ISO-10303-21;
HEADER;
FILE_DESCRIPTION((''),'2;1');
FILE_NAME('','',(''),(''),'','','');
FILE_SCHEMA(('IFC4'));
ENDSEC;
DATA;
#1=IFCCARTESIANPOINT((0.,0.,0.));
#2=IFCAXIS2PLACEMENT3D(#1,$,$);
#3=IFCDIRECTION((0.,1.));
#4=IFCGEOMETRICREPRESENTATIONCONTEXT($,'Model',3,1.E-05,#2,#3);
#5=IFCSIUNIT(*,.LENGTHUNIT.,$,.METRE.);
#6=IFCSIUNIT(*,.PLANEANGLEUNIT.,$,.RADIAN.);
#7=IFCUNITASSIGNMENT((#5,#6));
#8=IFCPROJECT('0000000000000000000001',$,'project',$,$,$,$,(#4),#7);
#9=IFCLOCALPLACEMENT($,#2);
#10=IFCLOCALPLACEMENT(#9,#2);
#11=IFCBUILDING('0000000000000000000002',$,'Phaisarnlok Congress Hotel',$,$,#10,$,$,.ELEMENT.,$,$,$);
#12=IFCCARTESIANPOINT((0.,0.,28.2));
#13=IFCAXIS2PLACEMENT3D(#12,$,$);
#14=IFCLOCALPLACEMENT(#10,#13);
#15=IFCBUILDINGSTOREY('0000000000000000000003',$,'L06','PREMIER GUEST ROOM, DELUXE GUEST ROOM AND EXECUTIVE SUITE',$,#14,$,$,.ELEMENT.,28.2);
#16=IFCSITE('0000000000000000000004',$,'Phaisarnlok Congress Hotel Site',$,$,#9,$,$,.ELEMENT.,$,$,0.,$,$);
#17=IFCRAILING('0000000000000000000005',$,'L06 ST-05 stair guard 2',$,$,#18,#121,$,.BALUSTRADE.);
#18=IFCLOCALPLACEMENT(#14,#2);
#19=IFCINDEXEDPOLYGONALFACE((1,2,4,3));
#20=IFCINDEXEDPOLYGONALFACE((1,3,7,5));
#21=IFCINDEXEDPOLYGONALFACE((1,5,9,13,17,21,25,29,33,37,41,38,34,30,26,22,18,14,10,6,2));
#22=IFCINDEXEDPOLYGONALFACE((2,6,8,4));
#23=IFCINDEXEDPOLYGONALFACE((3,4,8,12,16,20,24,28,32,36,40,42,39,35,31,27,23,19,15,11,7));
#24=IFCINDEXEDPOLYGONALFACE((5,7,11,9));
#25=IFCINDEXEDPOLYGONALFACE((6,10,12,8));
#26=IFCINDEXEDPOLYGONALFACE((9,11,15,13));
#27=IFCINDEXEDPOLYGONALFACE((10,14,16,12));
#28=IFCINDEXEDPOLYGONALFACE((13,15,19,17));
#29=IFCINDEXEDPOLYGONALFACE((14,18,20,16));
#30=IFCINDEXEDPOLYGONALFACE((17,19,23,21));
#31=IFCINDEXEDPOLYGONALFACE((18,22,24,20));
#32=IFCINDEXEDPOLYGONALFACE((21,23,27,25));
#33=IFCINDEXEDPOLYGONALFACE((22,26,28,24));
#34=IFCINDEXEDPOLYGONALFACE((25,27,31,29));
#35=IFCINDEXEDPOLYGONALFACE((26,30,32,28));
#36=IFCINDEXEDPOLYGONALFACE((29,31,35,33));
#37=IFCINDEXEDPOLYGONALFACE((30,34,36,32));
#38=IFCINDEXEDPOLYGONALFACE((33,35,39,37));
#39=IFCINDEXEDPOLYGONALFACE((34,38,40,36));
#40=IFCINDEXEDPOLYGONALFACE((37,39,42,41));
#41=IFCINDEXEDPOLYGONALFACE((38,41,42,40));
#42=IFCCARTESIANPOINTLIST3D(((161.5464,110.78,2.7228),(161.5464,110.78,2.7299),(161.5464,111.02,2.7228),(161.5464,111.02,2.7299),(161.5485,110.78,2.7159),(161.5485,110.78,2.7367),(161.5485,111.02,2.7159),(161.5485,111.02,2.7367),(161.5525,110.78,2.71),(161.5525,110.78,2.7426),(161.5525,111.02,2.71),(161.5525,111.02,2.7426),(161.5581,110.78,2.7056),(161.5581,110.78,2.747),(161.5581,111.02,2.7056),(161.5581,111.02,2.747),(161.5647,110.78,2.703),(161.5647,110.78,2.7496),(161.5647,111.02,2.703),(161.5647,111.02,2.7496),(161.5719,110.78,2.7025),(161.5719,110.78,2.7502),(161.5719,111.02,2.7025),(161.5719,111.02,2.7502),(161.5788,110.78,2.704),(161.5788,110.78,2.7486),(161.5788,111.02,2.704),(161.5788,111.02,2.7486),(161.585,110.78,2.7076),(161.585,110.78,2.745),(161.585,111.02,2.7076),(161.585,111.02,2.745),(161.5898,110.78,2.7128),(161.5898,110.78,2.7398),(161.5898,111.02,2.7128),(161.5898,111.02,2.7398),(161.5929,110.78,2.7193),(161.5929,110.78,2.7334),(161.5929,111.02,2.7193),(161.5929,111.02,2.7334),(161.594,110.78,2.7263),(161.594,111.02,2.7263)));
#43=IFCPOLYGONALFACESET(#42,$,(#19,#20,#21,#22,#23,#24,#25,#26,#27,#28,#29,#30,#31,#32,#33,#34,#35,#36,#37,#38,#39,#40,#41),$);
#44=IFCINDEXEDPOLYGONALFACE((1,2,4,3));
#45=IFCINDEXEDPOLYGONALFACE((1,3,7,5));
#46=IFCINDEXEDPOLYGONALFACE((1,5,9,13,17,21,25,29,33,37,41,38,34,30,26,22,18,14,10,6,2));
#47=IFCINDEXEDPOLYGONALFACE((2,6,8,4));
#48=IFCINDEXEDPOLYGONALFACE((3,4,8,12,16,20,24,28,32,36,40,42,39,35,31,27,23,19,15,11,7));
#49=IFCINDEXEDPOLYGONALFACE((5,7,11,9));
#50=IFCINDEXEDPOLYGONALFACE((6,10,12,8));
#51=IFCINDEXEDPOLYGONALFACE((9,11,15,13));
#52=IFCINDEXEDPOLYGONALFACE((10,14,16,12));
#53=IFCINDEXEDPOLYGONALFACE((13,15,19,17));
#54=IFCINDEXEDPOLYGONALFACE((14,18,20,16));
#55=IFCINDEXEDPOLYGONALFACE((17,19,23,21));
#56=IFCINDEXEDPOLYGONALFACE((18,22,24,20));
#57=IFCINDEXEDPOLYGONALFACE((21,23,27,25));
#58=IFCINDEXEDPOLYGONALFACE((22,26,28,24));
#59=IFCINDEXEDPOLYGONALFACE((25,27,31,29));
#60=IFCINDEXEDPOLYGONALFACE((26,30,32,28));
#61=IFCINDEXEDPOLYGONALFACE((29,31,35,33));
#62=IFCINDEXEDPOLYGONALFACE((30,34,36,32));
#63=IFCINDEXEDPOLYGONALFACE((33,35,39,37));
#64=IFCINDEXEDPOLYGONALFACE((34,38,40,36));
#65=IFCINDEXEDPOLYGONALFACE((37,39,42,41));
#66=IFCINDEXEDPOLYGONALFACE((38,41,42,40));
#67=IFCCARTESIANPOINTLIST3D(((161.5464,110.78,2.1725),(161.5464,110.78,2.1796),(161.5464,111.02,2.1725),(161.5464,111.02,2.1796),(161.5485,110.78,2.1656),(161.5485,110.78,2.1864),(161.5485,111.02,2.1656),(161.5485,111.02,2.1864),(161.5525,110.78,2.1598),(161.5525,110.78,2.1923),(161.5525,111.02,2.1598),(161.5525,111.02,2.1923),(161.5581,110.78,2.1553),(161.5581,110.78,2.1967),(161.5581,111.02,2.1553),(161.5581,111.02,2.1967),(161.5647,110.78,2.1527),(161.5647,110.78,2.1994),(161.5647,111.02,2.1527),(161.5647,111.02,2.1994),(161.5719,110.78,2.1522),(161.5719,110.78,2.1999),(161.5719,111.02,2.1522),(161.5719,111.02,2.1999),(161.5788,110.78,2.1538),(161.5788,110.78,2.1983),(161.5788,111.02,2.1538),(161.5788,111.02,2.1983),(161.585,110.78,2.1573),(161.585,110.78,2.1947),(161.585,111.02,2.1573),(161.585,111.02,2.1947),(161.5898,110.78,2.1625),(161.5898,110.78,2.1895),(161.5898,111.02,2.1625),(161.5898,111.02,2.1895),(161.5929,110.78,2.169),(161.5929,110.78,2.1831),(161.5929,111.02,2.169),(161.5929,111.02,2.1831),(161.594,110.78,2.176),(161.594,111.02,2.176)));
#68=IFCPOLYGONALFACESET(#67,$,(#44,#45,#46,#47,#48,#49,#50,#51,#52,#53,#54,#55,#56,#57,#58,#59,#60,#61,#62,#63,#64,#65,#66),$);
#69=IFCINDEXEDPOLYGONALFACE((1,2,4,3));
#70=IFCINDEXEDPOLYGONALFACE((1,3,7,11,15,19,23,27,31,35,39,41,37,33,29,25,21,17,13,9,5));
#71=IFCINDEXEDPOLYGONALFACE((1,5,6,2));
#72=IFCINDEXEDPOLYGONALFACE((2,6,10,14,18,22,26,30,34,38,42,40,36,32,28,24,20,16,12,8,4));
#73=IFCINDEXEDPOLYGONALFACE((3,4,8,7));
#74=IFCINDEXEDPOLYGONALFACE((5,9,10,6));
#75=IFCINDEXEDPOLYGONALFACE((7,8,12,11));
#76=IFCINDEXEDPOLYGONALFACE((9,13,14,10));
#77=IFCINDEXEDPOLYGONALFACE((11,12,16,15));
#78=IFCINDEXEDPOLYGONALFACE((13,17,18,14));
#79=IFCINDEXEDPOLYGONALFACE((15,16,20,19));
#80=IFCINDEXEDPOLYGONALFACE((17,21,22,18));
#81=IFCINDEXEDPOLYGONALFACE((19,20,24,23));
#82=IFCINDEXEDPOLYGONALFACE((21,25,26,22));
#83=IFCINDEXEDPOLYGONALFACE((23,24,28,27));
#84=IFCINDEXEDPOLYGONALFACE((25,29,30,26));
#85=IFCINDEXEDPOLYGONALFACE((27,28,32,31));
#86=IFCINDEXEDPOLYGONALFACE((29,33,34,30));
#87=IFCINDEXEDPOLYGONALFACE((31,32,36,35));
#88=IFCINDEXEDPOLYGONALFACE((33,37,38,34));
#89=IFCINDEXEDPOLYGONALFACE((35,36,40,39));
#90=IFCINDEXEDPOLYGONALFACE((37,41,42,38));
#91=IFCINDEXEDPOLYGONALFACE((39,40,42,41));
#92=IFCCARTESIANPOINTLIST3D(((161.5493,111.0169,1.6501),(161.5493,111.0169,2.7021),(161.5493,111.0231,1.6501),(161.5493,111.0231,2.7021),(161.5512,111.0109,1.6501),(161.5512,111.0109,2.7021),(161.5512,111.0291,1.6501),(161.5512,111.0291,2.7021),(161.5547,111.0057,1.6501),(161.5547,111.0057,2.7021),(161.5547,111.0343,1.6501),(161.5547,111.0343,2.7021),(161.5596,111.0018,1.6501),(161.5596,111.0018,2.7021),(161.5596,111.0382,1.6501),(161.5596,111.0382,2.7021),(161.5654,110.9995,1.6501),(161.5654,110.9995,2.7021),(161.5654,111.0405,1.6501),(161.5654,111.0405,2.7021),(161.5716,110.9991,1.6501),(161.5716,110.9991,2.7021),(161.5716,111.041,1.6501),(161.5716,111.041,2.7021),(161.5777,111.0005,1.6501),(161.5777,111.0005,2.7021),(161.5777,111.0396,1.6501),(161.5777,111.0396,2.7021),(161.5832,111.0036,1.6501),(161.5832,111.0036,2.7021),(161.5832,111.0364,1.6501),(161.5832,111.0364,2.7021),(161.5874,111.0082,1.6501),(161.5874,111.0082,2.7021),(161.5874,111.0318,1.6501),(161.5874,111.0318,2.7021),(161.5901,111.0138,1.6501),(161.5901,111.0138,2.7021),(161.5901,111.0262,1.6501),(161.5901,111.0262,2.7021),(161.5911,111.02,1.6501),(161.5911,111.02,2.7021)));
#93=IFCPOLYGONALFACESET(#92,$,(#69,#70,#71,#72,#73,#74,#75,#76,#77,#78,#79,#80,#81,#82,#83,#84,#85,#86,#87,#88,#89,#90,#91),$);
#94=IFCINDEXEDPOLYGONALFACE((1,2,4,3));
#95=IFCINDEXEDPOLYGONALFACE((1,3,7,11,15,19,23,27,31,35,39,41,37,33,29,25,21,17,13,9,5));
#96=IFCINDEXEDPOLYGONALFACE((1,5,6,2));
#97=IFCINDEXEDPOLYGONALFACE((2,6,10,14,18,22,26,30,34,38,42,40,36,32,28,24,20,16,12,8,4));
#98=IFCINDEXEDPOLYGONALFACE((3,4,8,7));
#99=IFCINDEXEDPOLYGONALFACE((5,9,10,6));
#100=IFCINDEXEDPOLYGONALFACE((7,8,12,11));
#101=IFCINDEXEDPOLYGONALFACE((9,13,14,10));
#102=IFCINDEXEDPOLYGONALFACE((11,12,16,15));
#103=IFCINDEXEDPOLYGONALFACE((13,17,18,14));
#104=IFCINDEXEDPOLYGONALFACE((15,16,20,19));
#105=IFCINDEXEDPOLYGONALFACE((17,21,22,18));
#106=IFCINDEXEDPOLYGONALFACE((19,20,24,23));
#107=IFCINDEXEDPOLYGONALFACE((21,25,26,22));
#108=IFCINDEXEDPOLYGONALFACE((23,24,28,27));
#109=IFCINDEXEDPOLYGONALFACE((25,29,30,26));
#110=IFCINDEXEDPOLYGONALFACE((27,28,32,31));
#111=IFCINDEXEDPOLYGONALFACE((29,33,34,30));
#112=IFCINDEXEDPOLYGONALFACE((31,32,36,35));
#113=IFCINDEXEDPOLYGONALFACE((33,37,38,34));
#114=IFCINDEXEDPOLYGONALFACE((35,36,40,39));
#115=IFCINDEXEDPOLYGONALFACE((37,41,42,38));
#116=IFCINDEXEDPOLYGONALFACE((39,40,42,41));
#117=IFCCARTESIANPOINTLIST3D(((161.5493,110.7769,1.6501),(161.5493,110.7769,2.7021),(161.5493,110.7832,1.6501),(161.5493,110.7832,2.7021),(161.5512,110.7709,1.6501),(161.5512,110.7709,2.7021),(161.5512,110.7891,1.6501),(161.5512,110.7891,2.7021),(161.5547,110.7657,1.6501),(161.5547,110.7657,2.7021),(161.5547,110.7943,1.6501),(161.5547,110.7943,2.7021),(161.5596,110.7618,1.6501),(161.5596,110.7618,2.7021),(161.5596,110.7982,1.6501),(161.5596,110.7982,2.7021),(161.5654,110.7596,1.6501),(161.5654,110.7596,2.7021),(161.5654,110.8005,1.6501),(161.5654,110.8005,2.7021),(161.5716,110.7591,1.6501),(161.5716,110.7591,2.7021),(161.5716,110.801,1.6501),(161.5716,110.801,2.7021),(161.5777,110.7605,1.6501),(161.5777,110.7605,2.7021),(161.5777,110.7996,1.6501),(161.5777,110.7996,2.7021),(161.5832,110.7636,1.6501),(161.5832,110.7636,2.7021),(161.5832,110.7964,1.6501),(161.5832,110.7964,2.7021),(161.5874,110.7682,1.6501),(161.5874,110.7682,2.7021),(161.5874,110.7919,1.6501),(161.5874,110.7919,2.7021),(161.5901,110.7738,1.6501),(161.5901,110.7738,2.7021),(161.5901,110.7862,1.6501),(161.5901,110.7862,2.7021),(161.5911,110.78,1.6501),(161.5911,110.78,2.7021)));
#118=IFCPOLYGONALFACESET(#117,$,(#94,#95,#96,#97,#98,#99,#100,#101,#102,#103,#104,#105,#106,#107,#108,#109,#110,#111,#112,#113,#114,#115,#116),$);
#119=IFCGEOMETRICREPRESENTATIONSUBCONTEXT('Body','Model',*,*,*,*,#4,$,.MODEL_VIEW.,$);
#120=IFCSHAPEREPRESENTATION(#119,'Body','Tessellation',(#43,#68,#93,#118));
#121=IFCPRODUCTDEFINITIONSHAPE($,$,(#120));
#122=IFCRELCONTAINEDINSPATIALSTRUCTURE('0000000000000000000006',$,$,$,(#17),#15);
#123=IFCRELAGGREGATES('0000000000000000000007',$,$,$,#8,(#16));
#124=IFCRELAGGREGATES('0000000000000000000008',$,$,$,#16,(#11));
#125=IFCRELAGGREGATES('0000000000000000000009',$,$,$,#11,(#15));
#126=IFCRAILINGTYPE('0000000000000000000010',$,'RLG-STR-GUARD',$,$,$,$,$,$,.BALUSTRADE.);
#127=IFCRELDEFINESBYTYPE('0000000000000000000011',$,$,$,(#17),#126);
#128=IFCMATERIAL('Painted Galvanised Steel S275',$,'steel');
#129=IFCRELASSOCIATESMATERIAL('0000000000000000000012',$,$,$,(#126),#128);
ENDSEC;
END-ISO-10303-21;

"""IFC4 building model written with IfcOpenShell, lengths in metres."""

from ifc_helpers import new_model, si_unit, direction, frame, origin, origin_2d, place, context, subcontext, project, spatial, circle, extrude, material, type_object, element, save


model = new_model("IFC4")

# Units and contexts
model_context = context("Model", 3, precision=1e-05, world=origin(), true_north=direction((0.0, 1.0)))
body_context = subcontext(model_context, "Body", "Model", "MODEL_VIEW")
ifc_project = project(units=[si_unit("LENGTHUNIT", "METRE"), si_unit("PLANEANGLEUNIT", "RADIAN")], contexts=[model_context])

# Site, building, storey
site_placement = place(None, origin())
site = spatial("IfcSite", under=ifc_project, at=site_placement, Name="Phaisarnlok Congress Hotel Site", CompositionType="ELEMENT", RefElevation=0.0)
building_placement = place(site_placement, origin())
building = spatial("IfcBuilding", under=site, at=building_placement, Name="Phaisarnlok Congress Hotel", CompositionType="ELEMENT")
storey_placement = place(building_placement, frame((0.0, 0.0, 28.2)))
storey = spatial("IfcBuildingStorey", under=building, at=storey_placement, Name="L06", Description="PREMIER GUEST ROOM, DELUXE GUEST ROOM AND EXECUTIVE SUITE", CompositionType="ELEMENT", Elevation=28.2)

# Railing
ifc_material_1 = material(Name="Painted Galvanised Steel S275", Category="steel")
railing_type_1 = type_object("IfcRailingType", Name="RLG-STR-GUARD", PredefinedType="BALUSTRADE", material=ifc_material_1)
railing_1_placement = place(storey_placement, frame((161.5701, 111.02, 1.6501)))
element("IfcRailing", 1, at=railing_1_placement, inside=storey, type_object=railing_type_1, Name="L06 ST-05 stair guard 2", PredefinedType="BALUSTRADE", context=body_context, shape_type="SweptSolid", body=[
    extrude(circle(Radius=0.0239, at=origin_2d()), frame((0.0, 0.0, 1.0762), z_axis=(0.0, -1.0, 0.0), x_axis=(1.0, 0.0, 0.0)), (0.0, 0.0, 1.0), 0.24),
    extrude(circle(Radius=0.0239, at=origin_2d()), frame((0.0, 0.0, 0.5259), z_axis=(0.0, -1.0, 0.0), x_axis=(1.0, 0.0, 0.0)), (0.0, 0.0, 1.0), 0.24),
    extrude(circle(Radius=0.021, at=origin_2d()), origin(), (0.0, 0.0, 1.0), 1.052),
    extrude(circle(Radius=0.021, at=origin_2d()), frame((0.0, -0.24, 0.0)), (0.0, 0.0, 1.0), 1.052),
])

save(model, "model.ifc")
